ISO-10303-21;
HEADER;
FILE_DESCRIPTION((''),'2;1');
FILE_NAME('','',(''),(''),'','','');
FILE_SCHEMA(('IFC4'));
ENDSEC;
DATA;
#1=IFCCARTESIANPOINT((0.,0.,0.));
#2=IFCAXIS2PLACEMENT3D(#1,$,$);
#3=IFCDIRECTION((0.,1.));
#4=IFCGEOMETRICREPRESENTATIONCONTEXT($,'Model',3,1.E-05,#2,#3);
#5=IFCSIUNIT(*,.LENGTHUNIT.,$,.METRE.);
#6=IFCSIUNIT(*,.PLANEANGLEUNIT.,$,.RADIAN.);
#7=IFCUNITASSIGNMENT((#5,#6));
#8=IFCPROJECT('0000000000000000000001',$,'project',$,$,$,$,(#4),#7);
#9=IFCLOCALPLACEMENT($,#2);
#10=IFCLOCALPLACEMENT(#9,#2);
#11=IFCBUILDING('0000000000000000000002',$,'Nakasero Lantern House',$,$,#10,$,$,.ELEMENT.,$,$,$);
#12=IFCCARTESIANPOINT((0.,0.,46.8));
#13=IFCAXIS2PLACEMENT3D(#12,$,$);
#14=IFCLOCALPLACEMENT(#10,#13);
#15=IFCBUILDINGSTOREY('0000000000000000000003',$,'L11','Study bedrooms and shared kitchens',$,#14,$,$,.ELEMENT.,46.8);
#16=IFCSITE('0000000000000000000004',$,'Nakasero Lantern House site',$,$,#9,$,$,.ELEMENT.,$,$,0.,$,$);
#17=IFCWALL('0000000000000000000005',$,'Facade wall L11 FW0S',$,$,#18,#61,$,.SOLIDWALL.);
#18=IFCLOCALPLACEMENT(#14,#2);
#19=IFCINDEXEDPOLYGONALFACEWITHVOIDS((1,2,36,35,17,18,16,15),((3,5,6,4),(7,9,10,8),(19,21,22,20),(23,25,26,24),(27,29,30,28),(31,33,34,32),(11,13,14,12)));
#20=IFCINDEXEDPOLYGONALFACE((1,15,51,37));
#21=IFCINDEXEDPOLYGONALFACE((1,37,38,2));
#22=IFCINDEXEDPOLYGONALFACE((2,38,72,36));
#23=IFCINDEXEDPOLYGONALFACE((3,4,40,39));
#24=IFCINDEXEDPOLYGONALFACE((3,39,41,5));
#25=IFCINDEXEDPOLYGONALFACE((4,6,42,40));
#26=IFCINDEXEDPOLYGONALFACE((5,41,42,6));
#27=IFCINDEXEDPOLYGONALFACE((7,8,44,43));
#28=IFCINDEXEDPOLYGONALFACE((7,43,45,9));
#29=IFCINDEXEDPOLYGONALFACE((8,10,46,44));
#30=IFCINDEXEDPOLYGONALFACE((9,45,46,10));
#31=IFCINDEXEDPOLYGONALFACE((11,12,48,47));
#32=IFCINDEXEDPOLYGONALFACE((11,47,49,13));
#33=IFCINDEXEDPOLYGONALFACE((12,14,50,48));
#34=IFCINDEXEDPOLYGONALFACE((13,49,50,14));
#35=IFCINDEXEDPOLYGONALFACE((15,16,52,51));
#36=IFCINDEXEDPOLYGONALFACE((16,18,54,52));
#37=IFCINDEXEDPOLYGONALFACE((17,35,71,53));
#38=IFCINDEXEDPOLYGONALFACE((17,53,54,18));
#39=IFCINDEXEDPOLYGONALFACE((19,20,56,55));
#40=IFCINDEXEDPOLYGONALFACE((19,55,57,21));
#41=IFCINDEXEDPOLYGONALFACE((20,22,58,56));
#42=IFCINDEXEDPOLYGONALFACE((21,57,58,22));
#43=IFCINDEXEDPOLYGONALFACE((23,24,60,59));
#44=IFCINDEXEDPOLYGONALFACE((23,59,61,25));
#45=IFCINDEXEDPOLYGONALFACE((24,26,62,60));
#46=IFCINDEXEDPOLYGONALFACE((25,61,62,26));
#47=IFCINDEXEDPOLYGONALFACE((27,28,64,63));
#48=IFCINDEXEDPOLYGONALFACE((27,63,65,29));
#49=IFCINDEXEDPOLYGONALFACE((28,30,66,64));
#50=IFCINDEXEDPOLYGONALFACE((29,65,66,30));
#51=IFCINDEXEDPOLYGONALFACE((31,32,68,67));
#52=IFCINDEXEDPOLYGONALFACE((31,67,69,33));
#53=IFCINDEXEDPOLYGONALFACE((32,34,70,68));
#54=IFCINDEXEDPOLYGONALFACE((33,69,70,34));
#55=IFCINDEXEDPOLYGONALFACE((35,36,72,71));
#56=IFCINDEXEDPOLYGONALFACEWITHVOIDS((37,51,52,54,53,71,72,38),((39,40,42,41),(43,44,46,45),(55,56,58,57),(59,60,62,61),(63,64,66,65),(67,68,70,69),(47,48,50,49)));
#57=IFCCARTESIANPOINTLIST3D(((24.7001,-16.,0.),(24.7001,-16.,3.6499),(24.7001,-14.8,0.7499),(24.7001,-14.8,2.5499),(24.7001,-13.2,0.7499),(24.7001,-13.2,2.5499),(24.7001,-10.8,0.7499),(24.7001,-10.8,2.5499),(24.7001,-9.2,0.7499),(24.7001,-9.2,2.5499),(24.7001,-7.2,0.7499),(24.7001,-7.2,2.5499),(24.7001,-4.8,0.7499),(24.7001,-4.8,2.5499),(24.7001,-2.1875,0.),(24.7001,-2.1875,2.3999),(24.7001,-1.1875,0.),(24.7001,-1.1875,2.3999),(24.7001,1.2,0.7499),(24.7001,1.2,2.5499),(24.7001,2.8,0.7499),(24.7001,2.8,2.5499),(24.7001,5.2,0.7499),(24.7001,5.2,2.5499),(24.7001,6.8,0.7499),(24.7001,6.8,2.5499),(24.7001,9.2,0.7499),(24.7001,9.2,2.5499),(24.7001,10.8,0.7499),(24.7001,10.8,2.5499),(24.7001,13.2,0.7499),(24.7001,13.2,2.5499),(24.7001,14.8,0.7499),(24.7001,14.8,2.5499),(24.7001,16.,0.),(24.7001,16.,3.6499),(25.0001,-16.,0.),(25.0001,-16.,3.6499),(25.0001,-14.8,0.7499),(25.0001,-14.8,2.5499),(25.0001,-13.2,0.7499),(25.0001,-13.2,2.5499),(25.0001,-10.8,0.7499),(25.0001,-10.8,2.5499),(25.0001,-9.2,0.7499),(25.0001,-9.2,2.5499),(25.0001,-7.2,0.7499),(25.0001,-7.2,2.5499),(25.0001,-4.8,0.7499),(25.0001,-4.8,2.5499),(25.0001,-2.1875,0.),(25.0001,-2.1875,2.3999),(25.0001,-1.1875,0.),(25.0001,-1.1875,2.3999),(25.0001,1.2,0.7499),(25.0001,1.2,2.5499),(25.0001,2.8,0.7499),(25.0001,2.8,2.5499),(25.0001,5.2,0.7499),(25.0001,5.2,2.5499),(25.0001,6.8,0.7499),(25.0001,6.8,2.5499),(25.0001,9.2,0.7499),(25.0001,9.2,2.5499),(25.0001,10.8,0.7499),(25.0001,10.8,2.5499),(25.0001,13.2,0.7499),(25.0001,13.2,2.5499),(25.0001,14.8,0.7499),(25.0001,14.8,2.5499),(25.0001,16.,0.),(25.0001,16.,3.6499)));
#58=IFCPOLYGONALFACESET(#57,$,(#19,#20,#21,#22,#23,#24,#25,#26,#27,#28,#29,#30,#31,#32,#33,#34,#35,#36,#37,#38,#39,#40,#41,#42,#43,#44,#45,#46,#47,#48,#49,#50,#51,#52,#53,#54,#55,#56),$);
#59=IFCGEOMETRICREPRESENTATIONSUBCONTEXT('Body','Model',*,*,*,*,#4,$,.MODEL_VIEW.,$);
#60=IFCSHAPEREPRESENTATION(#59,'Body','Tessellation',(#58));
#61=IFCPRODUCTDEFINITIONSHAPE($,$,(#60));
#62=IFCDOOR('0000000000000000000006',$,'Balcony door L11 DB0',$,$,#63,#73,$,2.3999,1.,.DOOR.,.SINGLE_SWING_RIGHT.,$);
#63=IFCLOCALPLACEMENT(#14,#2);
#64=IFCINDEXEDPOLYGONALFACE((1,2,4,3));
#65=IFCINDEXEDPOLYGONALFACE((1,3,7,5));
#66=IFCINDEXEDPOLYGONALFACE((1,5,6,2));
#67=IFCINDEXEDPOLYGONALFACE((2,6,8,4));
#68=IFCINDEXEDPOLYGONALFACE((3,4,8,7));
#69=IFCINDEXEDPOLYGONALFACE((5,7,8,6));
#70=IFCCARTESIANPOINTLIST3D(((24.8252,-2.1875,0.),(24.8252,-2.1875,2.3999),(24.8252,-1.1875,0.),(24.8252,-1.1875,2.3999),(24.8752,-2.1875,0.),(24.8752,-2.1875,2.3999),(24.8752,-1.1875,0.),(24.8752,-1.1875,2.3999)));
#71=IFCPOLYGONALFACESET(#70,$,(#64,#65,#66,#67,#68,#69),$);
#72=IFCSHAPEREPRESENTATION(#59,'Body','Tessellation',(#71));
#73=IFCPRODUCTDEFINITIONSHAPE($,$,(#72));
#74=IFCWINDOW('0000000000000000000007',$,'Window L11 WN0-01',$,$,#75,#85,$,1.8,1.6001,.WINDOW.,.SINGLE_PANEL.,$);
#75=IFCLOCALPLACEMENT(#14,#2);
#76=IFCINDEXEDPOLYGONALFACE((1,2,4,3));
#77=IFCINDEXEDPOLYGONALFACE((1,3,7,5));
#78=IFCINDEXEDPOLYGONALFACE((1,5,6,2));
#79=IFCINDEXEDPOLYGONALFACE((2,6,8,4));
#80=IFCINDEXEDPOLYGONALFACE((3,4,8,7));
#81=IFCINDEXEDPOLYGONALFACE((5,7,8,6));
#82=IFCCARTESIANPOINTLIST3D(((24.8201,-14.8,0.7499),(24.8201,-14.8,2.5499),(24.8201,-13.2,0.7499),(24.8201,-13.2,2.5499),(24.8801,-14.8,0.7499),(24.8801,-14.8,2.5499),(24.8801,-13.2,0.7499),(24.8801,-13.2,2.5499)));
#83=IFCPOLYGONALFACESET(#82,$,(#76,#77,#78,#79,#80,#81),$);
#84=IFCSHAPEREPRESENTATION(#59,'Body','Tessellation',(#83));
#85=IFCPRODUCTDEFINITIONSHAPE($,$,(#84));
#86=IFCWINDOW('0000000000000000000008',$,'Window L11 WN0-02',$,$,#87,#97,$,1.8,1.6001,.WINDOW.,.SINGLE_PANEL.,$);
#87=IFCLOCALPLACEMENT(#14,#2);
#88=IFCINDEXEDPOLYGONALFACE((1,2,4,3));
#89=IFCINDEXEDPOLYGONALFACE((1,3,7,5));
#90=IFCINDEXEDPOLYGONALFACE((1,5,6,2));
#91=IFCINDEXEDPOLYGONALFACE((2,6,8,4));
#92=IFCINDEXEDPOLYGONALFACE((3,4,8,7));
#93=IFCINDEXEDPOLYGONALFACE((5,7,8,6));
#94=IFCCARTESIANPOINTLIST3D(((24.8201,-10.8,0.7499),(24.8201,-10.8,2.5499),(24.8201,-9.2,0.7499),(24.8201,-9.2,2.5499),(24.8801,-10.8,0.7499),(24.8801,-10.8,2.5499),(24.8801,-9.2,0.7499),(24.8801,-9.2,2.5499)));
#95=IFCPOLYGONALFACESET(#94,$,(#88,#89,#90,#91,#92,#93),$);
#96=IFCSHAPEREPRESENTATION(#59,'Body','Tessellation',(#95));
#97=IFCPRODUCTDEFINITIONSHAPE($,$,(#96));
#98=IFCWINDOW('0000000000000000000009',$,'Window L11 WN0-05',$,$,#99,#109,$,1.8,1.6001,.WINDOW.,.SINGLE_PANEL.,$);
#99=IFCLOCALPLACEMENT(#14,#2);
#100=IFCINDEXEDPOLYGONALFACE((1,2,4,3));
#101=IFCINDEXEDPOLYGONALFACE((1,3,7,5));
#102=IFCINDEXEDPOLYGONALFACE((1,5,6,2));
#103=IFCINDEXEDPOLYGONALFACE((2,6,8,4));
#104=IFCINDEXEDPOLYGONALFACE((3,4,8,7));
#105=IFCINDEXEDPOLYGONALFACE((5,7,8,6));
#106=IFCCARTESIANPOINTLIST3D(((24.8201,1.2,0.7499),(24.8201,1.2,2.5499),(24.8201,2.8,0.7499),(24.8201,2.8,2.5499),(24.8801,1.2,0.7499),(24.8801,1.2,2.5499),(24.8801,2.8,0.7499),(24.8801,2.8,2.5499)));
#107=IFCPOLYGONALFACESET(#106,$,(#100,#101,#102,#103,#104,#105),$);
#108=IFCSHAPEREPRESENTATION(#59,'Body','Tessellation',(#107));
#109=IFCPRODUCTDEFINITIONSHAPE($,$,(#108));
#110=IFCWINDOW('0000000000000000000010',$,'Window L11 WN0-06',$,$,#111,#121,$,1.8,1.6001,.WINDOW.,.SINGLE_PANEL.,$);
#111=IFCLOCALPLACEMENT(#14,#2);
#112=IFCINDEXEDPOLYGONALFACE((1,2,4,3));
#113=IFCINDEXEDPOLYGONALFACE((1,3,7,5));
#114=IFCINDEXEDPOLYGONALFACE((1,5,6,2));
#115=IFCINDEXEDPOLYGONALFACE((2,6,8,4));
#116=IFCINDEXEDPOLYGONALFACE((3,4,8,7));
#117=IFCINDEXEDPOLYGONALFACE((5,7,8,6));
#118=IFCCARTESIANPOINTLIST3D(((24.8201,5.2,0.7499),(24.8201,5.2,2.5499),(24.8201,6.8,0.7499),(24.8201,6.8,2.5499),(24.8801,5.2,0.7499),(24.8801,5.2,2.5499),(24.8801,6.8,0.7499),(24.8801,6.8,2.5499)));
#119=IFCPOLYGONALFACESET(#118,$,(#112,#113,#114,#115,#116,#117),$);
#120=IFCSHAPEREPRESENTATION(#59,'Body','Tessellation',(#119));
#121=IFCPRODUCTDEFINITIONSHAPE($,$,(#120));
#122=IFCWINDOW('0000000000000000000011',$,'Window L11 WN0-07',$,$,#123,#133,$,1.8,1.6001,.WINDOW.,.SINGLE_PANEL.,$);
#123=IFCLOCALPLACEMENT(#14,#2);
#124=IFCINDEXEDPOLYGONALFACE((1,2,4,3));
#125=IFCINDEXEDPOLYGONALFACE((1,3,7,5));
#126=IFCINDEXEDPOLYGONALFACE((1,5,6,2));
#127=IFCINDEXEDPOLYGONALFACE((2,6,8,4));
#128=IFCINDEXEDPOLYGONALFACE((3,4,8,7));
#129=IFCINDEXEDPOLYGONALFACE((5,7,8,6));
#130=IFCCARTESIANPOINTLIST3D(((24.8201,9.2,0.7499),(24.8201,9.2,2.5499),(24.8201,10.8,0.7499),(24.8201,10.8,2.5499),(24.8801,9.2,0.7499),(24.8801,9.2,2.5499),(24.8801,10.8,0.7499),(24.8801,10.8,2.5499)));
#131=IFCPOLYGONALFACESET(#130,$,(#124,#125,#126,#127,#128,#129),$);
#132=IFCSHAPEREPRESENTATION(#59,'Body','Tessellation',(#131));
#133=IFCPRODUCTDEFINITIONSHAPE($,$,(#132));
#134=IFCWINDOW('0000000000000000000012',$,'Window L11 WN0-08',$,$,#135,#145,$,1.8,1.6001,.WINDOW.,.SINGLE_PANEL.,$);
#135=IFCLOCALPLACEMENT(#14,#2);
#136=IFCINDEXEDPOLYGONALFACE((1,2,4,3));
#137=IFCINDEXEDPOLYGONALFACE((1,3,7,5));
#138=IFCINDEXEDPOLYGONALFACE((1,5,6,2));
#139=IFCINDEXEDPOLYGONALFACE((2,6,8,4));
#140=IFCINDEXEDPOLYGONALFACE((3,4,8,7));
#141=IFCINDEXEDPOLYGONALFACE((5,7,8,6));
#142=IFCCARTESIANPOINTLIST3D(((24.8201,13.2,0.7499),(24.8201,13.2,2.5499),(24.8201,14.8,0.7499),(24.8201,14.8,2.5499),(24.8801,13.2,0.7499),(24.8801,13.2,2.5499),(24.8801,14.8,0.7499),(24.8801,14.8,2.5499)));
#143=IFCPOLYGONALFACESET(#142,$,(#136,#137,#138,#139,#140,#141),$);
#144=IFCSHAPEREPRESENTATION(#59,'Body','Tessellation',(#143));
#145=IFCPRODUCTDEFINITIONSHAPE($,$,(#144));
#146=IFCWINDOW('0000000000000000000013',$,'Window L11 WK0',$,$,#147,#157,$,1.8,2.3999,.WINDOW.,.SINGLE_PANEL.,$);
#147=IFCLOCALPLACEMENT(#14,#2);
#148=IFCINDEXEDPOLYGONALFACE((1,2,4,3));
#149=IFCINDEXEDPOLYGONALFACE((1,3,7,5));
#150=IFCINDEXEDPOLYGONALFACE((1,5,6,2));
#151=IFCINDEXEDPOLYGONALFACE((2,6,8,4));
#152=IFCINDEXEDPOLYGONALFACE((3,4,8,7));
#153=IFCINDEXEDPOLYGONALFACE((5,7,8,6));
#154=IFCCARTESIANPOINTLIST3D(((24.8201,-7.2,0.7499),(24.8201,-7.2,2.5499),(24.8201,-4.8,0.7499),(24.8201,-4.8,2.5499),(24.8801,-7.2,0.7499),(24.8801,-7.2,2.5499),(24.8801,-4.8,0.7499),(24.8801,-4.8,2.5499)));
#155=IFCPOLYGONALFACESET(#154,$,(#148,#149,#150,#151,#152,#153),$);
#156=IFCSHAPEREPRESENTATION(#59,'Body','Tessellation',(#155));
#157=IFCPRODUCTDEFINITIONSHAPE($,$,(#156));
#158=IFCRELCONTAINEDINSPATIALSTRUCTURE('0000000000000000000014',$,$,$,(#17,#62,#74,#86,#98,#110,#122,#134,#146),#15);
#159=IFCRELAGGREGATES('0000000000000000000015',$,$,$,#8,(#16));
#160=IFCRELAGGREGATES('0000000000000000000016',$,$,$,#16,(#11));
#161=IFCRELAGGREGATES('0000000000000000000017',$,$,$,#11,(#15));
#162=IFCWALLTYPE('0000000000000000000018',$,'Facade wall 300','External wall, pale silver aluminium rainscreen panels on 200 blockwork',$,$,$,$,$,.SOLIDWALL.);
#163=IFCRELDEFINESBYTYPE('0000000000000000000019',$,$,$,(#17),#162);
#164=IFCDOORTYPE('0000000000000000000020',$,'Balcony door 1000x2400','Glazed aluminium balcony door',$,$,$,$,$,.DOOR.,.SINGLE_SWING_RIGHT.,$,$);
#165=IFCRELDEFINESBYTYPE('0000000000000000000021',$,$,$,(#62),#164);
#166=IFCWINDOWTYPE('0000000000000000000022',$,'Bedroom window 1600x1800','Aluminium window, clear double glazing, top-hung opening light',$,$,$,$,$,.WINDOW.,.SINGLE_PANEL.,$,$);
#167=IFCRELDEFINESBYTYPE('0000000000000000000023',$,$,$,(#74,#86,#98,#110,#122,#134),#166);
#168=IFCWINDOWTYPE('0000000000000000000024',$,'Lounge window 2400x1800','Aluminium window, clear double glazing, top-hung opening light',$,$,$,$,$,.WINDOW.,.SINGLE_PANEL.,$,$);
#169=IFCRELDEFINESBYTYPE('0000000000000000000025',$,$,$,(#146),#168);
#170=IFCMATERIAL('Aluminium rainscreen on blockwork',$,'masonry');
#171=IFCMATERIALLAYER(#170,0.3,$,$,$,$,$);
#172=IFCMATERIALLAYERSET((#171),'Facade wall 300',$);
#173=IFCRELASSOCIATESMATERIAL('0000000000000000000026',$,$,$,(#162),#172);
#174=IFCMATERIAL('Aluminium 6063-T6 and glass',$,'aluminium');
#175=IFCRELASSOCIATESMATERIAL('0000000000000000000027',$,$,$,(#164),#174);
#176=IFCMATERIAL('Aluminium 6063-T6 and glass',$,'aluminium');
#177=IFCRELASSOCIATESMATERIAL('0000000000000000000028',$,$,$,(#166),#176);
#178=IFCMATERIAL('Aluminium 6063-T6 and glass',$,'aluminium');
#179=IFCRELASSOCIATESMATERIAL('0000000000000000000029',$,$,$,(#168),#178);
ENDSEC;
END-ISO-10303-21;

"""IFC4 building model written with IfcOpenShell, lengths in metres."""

from ifc_helpers import new_model, si_unit, direction, frame, frame_2d, origin, place, context, subcontext, project, spatial, rectangle, extrude, material, layer, layer_set, type_object, element, fill, save


model = new_model("IFC4")

# Units and contexts
model_context = context("Model", 3, precision=1e-05, world=origin(), true_north=direction((0.0, 1.0)))
body_context = subcontext(model_context, "Body", "Model", "MODEL_VIEW")
ifc_project = project(units=[si_unit("LENGTHUNIT", "METRE"), si_unit("PLANEANGLEUNIT", "RADIAN")], contexts=[model_context])

# Site, building, storey
site_placement = place(None, origin())
site = spatial("IfcSite", under=ifc_project, at=site_placement, Name="Nakasero Lantern House site", CompositionType="ELEMENT", RefElevation=0.0)
building_placement = place(site_placement, origin())
building = spatial("IfcBuilding", under=site, at=building_placement, Name="Nakasero Lantern House", CompositionType="ELEMENT")
storey_placement = place(building_placement, frame((0.0, 0.0, 46.8)))
storey = spatial("IfcBuildingStorey", under=building, at=storey_placement, Name="L11", Description="Study bedrooms and shared kitchens", CompositionType="ELEMENT", Elevation=46.8)

# Wall, openings, door, windows
ifc_material_1 = material(Name="Aluminium rainscreen on blockwork", Category="masonry")
ifc_layer_1 = layer(ifc_material_1, 0.3)
ifc_layer_set_1 = layer_set([ifc_layer_1], Name="Facade wall 300")
wall_type_1 = type_object("IfcWallType", Name="Facade wall 300", Description="External wall, pale silver aluminium rainscreen panels on 200 blockwork", PredefinedType="SOLIDWALL", material=ifc_layer_set_1)
wall_1_placement = place(storey_placement, frame((24.8501, -16.0, 0.0), z_axis=(0.0, 0.0, 1.0), x_axis=(0.0, 1.0, 0.0)))
wall_1 = element("IfcWall", 1, at=wall_1_placement, inside=storey, type_object=wall_type_1, Name="Facade wall L11 FW0S", PredefinedType="SOLIDWALL", context=body_context, shape_type="SweptSolid", body=[
    extrude(rectangle(XDim=32.0, YDim=0.3, at=frame_2d((16.0, 0.0))), origin(), (0.0, 0.0, 1.0), 3.6499),
])
opening_1_placement = place(wall_1_placement, frame((1.2, 0.0, 0.75)))
opening_1 = element("IfcOpeningElement", 2, at=opening_1_placement, cuts=wall_1, PredefinedType="OPENING", context=body_context, shape_type="SweptSolid", body=[
    extrude(rectangle(XDim=1.6001, YDim=1.8, at=frame_2d((0.8, 0.8999))), frame((0.0, 0.1699, 0.0), z_axis=(0.0, -1.0, 0.0), x_axis=(1.0, 0.0, 0.0)), (0.0, 0.0, 1.0), 0.3401),
])
opening_2_placement = place(wall_1_placement, frame((5.2, 0.0, 0.75)))
opening_2 = element("IfcOpeningElement", 3, at=opening_2_placement, cuts=wall_1, PredefinedType="OPENING", context=body_context, shape_type="SweptSolid", body=[
    extrude(rectangle(XDim=1.6001, YDim=1.8, at=frame_2d((0.8, 0.8999))), frame((0.0, 0.1699, 0.0), z_axis=(0.0, -1.0, 0.0), x_axis=(1.0, 0.0, 0.0)), (0.0, 0.0, 1.0), 0.3401),
])
opening_3_placement = place(wall_1_placement, frame((17.2, 0.0, 0.75)))
opening_3 = element("IfcOpeningElement", 4, at=opening_3_placement, cuts=wall_1, PredefinedType="OPENING", context=body_context, shape_type="SweptSolid", body=[
    extrude(rectangle(XDim=1.6001, YDim=1.8, at=frame_2d((0.8, 0.8999))), frame((0.0, 0.1699, 0.0), z_axis=(0.0, -1.0, 0.0), x_axis=(1.0, 0.0, 0.0)), (0.0, 0.0, 1.0), 0.3401),
])
opening_4_placement = place(wall_1_placement, frame((21.2, 0.0, 0.75)))
opening_4 = element("IfcOpeningElement", 5, at=opening_4_placement, cuts=wall_1, PredefinedType="OPENING", context=body_context, shape_type="SweptSolid", body=[
    extrude(rectangle(XDim=1.6001, YDim=1.8, at=frame_2d((0.8, 0.8999))), frame((0.0, 0.1699, 0.0), z_axis=(0.0, -1.0, 0.0), x_axis=(1.0, 0.0, 0.0)), (0.0, 0.0, 1.0), 0.3401),
])
opening_5_placement = place(wall_1_placement, frame((25.2, 0.0, 0.75)))
opening_5 = element("IfcOpeningElement", 6, at=opening_5_placement, cuts=wall_1, PredefinedType="OPENING", context=body_context, shape_type="SweptSolid", body=[
    extrude(rectangle(XDim=1.6001, YDim=1.8, at=frame_2d((0.8, 0.8999))), frame((0.0, 0.1699, 0.0), z_axis=(0.0, -1.0, 0.0), x_axis=(1.0, 0.0, 0.0)), (0.0, 0.0, 1.0), 0.3401),
])
opening_6_placement = place(wall_1_placement, frame((29.2, 0.0, 0.75)))
opening_6 = element("IfcOpeningElement", 7, at=opening_6_placement, cuts=wall_1, PredefinedType="OPENING", context=body_context, shape_type="SweptSolid", body=[
    extrude(rectangle(XDim=1.6001, YDim=1.8, at=frame_2d((0.8, 0.8999))), frame((0.0, 0.1699, 0.0), z_axis=(0.0, -1.0, 0.0), x_axis=(1.0, 0.0, 0.0)), (0.0, 0.0, 1.0), 0.3401),
])
opening_7_placement = place(wall_1_placement, frame((8.8, 0.0, 0.75)))
opening_7 = element("IfcOpeningElement", 8, at=opening_7_placement, cuts=wall_1, PredefinedType="OPENING", context=body_context, shape_type="SweptSolid", body=[
    extrude(rectangle(XDim=2.3999, YDim=1.8, at=frame_2d((1.2, 0.8999))), frame((0.0, 0.1699, 0.0), z_axis=(0.0, -1.0, 0.0), x_axis=(1.0, 0.0, 0.0)), (0.0, 0.0, 1.0), 0.3401),
])
opening_8_placement = place(wall_1_placement, frame((13.8125, 0.0, 0.0)))
opening_8 = element("IfcOpeningElement", 9, at=opening_8_placement, cuts=wall_1, PredefinedType="OPENING", context=body_context, shape_type="SweptSolid", body=[
    extrude(rectangle(XDim=1.0, YDim=2.3999, at=frame_2d((0.5, 1.2))), frame((0.0, 0.1699, 0.0), z_axis=(0.0, -1.0, 0.0), x_axis=(1.0, 0.0, 0.0)), (0.0, 0.0, 1.0), 0.3401),
])
ifc_material_2 = material(Name="Aluminium 6063-T6 and glass", Category="aluminium")
door_type_1 = type_object("IfcDoorType", Name="Balcony door 1000x2400", Description="Glazed aluminium balcony door", OperationType="SINGLE_SWING_RIGHT", PredefinedType="DOOR", material=ifc_material_2)
door_1_placement = place(opening_8_placement, origin())
door_1 = element("IfcDoor", 10, at=door_1_placement, inside=storey, type_object=door_type_1, Name="Balcony door L11 DB0", OperationType="SINGLE_SWING_RIGHT", OverallHeight=2.3999, OverallWidth=1.0, PredefinedType="DOOR", context=body_context, shape_type="SweptSolid", body=[
    extrude(rectangle(XDim=1.0, YDim=2.3999, at=frame_2d((0.5, 1.2))), frame((0.0, 0.0249, 0.0), z_axis=(0.0, -1.0, 0.0), x_axis=(1.0, 0.0, 0.0)), (0.0, 0.0, 1.0), 0.05),
])
fill(opening_8, door_1)
ifc_material_3 = material(Name="Aluminium 6063-T6 and glass", Category="aluminium")
window_type_1 = type_object("IfcWindowType", Name="Bedroom window 1600x1800", Description="Aluminium window, clear double glazing, top-hung opening light", PartitioningType="SINGLE_PANEL", PredefinedType="WINDOW", material=ifc_material_3)
window_1_placement = place(opening_1_placement, origin())
window_1 = element("IfcWindow", 11, at=window_1_placement, inside=storey, type_object=window_type_1, Name="Window L11 WN0-01", OverallHeight=1.8, OverallWidth=1.6001, PartitioningType="SINGLE_PANEL", PredefinedType="WINDOW", context=body_context, shape_type="SweptSolid", body=[
    extrude(rectangle(XDim=1.6001, YDim=1.8, at=frame_2d((0.8, 0.8999))), frame((0.0, 0.03, 0.0), z_axis=(0.0, -1.0, 0.0), x_axis=(1.0, 0.0, 0.0)), (0.0, 0.0, 1.0), 0.0601),
])
fill(opening_1, window_1)
window_2_placement = place(opening_2_placement, origin())
window_2 = element("IfcWindow", 12, at=window_2_placement, inside=storey, type_object=window_type_1, Name="Window L11 WN0-02", OverallHeight=1.8, OverallWidth=1.6001, PartitioningType="SINGLE_PANEL", PredefinedType="WINDOW", context=body_context, shape_type="SweptSolid", body=[
    extrude(rectangle(XDim=1.6001, YDim=1.8, at=frame_2d((0.8, 0.8999))), frame((0.0, 0.03, 0.0), z_axis=(0.0, -1.0, 0.0), x_axis=(1.0, 0.0, 0.0)), (0.0, 0.0, 1.0), 0.0601),
])
fill(opening_2, window_2)
window_3_placement = place(opening_3_placement, origin())
window_3 = element("IfcWindow", 13, at=window_3_placement, inside=storey, type_object=window_type_1, Name="Window L11 WN0-05", OverallHeight=1.8, OverallWidth=1.6001, PartitioningType="SINGLE_PANEL", PredefinedType="WINDOW", context=body_context, shape_type="SweptSolid", body=[
    extrude(rectangle(XDim=1.6001, YDim=1.8, at=frame_2d((0.8, 0.8999))), frame((0.0, 0.03, 0.0), z_axis=(0.0, -1.0, 0.0), x_axis=(1.0, 0.0, 0.0)), (0.0, 0.0, 1.0), 0.0601),
])
fill(opening_3, window_3)
window_4_placement = place(opening_4_placement, origin())
window_4 = element("IfcWindow", 14, at=window_4_placement, inside=storey, type_object=window_type_1, Name="Window L11 WN0-06", OverallHeight=1.8, OverallWidth=1.6001, PartitioningType="SINGLE_PANEL", PredefinedType="WINDOW", context=body_context, shape_type="SweptSolid", body=[
    extrude(rectangle(XDim=1.6001, YDim=1.8, at=frame_2d((0.8, 0.8999))), frame((0.0, 0.03, 0.0), z_axis=(0.0, -1.0, 0.0), x_axis=(1.0, 0.0, 0.0)), (0.0, 0.0, 1.0), 0.0601),
])
fill(opening_4, window_4)
window_5_placement = place(opening_5_placement, origin())
window_5 = element("IfcWindow", 15, at=window_5_placement, inside=storey, type_object=window_type_1, Name="Window L11 WN0-07", OverallHeight=1.8, OverallWidth=1.6001, PartitioningType="SINGLE_PANEL", PredefinedType="WINDOW", context=body_context, shape_type="SweptSolid", body=[
    extrude(rectangle(XDim=1.6001, YDim=1.8, at=frame_2d((0.8, 0.8999))), frame((0.0, 0.03, 0.0), z_axis=(0.0, -1.0, 0.0), x_axis=(1.0, 0.0, 0.0)), (0.0, 0.0, 1.0), 0.0601),
])
fill(opening_5, window_5)
window_6_placement = place(opening_6_placement, origin())
window_6 = element("IfcWindow", 16, at=window_6_placement, inside=storey, type_object=window_type_1, Name="Window L11 WN0-08", OverallHeight=1.8, OverallWidth=1.6001, PartitioningType="SINGLE_PANEL", PredefinedType="WINDOW", context=body_context, shape_type="SweptSolid", body=[
    extrude(rectangle(XDim=1.6001, YDim=1.8, at=frame_2d((0.8, 0.8999))), frame((0.0, 0.03, 0.0), z_axis=(0.0, -1.0, 0.0), x_axis=(1.0, 0.0, 0.0)), (0.0, 0.0, 1.0), 0.0601),
])
fill(opening_6, window_6)
ifc_material_4 = material(Name="Aluminium 6063-T6 and glass", Category="aluminium")
window_type_2 = type_object("IfcWindowType", Name="Lounge window 2400x1800", Description="Aluminium window, clear double glazing, top-hung opening light", PartitioningType="SINGLE_PANEL", PredefinedType="WINDOW", material=ifc_material_4)
window_7_placement = place(opening_7_placement, origin())
window_7 = element("IfcWindow", 17, at=window_7_placement, inside=storey, type_object=window_type_2, Name="Window L11 WK0", OverallHeight=1.8, OverallWidth=2.3999, PartitioningType="SINGLE_PANEL", PredefinedType="WINDOW", context=body_context, shape_type="SweptSolid", body=[
    extrude(rectangle(XDim=2.3999, YDim=1.8, at=frame_2d((1.2, 0.8999))), frame((0.0, 0.03, 0.0), z_axis=(0.0, -1.0, 0.0), x_axis=(1.0, 0.0, 0.0)), (0.0, 0.0, 1.0), 0.0601),
])
fill(opening_7, window_7)

save(model, "model.ifc")
